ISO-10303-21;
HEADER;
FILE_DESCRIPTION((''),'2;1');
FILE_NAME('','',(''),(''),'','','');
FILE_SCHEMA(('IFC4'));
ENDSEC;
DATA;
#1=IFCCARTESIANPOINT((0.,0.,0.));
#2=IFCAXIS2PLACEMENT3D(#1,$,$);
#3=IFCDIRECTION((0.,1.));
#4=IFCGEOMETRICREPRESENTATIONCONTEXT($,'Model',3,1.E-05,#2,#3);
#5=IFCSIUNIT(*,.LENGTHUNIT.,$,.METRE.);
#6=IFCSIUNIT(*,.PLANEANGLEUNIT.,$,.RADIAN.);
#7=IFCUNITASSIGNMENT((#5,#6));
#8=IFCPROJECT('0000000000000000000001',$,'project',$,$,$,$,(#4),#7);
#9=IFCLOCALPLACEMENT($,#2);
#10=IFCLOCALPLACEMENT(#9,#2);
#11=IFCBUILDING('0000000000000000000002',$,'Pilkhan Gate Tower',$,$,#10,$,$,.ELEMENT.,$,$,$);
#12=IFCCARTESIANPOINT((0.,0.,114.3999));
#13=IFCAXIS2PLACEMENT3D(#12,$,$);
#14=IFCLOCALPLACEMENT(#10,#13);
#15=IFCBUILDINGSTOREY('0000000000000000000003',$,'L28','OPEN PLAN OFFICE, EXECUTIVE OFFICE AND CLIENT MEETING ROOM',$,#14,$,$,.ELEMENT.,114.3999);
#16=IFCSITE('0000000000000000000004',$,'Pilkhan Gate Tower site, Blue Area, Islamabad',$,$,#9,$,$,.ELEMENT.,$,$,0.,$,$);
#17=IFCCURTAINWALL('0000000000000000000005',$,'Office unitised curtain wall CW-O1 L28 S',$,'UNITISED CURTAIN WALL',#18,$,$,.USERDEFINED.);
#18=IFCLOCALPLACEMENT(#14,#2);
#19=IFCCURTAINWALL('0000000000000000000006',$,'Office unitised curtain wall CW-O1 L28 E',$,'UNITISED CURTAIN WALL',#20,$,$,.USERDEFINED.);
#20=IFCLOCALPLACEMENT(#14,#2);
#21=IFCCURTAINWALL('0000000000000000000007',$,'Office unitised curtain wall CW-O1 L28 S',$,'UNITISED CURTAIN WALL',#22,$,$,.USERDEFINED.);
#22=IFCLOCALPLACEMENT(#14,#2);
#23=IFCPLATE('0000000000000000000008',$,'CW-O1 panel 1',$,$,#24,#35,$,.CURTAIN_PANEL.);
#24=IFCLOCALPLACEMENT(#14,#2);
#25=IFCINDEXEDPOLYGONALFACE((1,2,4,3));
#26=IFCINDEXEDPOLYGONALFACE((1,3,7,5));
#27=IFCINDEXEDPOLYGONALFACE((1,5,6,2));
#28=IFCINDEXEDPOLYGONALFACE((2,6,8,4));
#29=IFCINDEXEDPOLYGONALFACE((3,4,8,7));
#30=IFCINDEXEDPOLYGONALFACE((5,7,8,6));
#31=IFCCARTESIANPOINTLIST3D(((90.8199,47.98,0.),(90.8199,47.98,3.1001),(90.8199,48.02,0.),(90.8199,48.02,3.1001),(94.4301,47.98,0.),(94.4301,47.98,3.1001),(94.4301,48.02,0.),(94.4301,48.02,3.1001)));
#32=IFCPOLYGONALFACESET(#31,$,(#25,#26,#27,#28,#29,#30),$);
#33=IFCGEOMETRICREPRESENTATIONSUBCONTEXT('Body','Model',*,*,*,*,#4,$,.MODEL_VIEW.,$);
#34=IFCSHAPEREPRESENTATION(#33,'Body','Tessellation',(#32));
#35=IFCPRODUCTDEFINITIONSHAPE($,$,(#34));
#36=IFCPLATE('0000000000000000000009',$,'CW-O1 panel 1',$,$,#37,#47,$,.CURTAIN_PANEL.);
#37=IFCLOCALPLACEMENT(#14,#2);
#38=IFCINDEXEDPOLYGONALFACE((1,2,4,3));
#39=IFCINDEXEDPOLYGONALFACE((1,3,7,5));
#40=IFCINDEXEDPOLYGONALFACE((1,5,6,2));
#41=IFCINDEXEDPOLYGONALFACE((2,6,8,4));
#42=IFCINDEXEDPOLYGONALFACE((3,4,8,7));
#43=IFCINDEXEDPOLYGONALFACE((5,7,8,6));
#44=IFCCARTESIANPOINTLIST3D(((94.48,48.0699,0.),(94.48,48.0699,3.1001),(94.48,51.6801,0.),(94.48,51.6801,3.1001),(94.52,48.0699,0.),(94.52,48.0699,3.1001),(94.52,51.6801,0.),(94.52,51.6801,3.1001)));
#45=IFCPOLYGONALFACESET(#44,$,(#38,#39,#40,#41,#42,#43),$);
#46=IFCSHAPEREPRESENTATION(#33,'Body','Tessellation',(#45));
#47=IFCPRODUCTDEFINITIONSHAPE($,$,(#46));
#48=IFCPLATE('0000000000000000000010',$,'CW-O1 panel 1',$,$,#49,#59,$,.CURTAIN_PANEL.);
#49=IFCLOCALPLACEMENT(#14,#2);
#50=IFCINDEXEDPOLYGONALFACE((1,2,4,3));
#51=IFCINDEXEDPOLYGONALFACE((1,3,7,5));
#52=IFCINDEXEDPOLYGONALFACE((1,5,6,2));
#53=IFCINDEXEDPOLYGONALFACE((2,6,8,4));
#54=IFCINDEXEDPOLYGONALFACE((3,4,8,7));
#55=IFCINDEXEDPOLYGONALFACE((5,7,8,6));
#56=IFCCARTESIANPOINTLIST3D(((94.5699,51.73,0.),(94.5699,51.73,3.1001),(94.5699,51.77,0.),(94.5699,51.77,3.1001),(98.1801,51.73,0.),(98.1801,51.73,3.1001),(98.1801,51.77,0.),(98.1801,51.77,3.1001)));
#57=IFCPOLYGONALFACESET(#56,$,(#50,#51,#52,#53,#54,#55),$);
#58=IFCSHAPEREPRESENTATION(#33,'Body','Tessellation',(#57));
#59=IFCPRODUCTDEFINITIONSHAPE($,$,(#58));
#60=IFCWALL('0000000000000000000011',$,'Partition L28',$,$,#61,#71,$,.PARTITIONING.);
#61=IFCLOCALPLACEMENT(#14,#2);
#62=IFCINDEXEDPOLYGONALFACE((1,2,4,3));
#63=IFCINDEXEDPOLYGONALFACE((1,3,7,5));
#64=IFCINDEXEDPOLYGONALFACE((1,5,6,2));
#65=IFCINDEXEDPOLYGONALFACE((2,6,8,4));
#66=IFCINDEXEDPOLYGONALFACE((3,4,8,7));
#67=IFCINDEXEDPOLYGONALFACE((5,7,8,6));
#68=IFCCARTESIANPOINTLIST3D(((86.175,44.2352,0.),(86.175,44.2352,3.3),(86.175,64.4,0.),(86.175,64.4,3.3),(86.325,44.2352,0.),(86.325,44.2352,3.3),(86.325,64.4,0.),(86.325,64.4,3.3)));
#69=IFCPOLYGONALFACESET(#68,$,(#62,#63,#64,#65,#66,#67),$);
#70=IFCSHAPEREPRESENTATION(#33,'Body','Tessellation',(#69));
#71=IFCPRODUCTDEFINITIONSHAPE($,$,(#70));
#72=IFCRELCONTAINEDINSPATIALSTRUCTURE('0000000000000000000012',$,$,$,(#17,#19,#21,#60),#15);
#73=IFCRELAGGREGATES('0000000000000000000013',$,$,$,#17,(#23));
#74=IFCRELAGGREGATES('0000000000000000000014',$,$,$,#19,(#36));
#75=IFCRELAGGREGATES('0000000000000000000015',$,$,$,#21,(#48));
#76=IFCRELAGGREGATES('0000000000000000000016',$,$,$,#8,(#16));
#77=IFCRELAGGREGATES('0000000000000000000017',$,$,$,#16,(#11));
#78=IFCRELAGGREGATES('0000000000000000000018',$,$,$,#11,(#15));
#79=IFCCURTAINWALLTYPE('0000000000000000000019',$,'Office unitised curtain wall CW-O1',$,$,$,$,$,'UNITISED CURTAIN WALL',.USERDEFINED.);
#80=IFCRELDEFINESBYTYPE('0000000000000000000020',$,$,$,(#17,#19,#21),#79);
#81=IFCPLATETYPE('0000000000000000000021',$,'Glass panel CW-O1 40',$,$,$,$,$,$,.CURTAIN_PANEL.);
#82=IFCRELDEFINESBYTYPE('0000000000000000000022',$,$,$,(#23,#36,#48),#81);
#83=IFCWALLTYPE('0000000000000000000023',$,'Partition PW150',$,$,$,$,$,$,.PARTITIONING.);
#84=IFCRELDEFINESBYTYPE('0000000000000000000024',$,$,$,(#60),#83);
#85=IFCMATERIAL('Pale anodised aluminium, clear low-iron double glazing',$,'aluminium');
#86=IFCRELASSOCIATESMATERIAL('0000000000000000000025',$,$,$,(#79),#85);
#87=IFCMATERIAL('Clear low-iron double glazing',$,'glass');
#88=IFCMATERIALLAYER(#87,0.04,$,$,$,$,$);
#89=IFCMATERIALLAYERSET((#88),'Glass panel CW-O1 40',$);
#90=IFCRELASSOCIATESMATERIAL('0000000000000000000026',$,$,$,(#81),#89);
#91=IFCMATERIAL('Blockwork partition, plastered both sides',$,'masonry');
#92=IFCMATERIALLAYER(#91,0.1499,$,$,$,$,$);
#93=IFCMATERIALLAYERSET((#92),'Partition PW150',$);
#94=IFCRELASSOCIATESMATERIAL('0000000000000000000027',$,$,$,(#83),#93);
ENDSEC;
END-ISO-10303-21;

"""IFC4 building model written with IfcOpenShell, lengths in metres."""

from ifc_helpers import new_model, si_unit, direction, frame, frame_2d, origin, origin_2d, place, context, subcontext, project, spatial, rectangle, extrude, material, layer, layer_set, type_object, element, aggregate, save


model = new_model("IFC4")

# Units and contexts
model_context = context("Model", 3, precision=1e-05, world=origin(), true_north=direction((0.0, 1.0)))
body_context = subcontext(model_context, "Body", "Model", "MODEL_VIEW")
ifc_project = project(units=[si_unit("LENGTHUNIT", "METRE"), si_unit("PLANEANGLEUNIT", "RADIAN")], contexts=[model_context])

# Site, building, storey
site_placement = place(None, origin())
site = spatial("IfcSite", under=ifc_project, at=site_placement, Name="Pilkhan Gate Tower site, Blue Area, Islamabad", CompositionType="ELEMENT", RefElevation=0.0)
building_placement = place(site_placement, origin())
building = spatial("IfcBuilding", under=site, at=building_placement, Name="Pilkhan Gate Tower", CompositionType="ELEMENT")
storey_placement = place(building_placement, frame((0.0, 0.0, 114.3999)))
storey = spatial("IfcBuildingStorey", under=building, at=storey_placement, Name="L28", Description="OPEN PLAN OFFICE, EXECUTIVE OFFICE AND CLIENT MEETING ROOM", CompositionType="ELEMENT", Elevation=114.3999)

# Shared definitions
ifc_material_1 = material(Name="Pale anodised aluminium, clear low-iron double glazing", Category="aluminium")
curtain_wall_type = type_object("IfcCurtainWallType", Name="Office unitised curtain wall CW-O1", ElementType="UNITISED CURTAIN WALL", PredefinedType="USERDEFINED", material=ifc_material_1)

# Curtain walls
curtain_wall_1_placement = place(storey_placement, origin())
curtain_wall_1 = element("IfcCurtainWall", 1, at=curtain_wall_1_placement, inside=storey, type_object=curtain_wall_type, Name="Office unitised curtain wall CW-O1 L28 S", ObjectType="UNITISED CURTAIN WALL", PredefinedType="USERDEFINED")
curtain_wall_2_placement = place(storey_placement, origin())
curtain_wall_2 = element("IfcCurtainWall", 2, at=curtain_wall_2_placement, inside=storey, type_object=curtain_wall_type, Name="Office unitised curtain wall CW-O1 L28 E", ObjectType="UNITISED CURTAIN WALL", PredefinedType="USERDEFINED")
curtain_wall_3_placement = place(storey_placement, origin())
curtain_wall_3 = element("IfcCurtainWall", 3, at=curtain_wall_3_placement, inside=storey, type_object=curtain_wall_type, Name="Office unitised curtain wall CW-O1 L28 S", ObjectType="UNITISED CURTAIN WALL", PredefinedType="USERDEFINED")

# Plates
ifc_material_2 = material(Name="Clear low-iron double glazing", Category="glass")
ifc_layer_1 = layer(ifc_material_2, 0.04)
ifc_layer_set_1 = layer_set([ifc_layer_1], Name="Glass panel CW-O1 40")
plate_type = type_object("IfcPlateType", Name="Glass panel CW-O1 40", PredefinedType="CURTAIN_PANEL", material=ifc_layer_set_1)
plate_1_placement = place(storey_placement, frame((92.625, 48.0, 0.0), z_axis=(0.0, 0.0, 1.0), x_axis=(1.0, 0.0, 0.0)))
plate_1 = element("IfcPlate", 4, at=plate_1_placement, type_object=plate_type, Name="CW-O1 panel 1", PredefinedType="CURTAIN_PANEL", context=body_context, shape_type="SweptSolid", body=[
    extrude(rectangle(XDim=3.6101, YDim=0.04, at=origin_2d()), origin(), (0.0, 0.0, 1.0), 3.1001),
])
aggregate(curtain_wall_1, [plate_1])
plate_2_placement = place(storey_placement, frame((94.5, 49.875, 0.0), z_axis=(0.0, 0.0, 1.0), x_axis=(0.0, 1.0, 0.0)))
plate_2 = element("IfcPlate", 5, at=plate_2_placement, type_object=plate_type, Name="CW-O1 panel 1", PredefinedType="CURTAIN_PANEL", context=body_context, shape_type="SweptSolid", body=[
    extrude(rectangle(XDim=3.6101, YDim=0.04, at=origin_2d()), origin(), (0.0, 0.0, 1.0), 3.1001),
])
aggregate(curtain_wall_2, [plate_2])
plate_3_placement = place(storey_placement, frame((96.375, 51.75, 0.0), z_axis=(0.0, 0.0, 1.0), x_axis=(1.0, 0.0, 0.0)))
plate_3 = element("IfcPlate", 6, at=plate_3_placement, type_object=plate_type, Name="CW-O1 panel 1", PredefinedType="CURTAIN_PANEL", context=body_context, shape_type="SweptSolid", body=[
    extrude(rectangle(XDim=3.6101, YDim=0.04, at=origin_2d()), origin(), (0.0, 0.0, 1.0), 3.1001),
])
aggregate(curtain_wall_3, [plate_3])

# Wall
ifc_material_3 = material(Name="Blockwork partition, plastered both sides", Category="masonry")
ifc_layer_2 = layer(ifc_material_3, 0.1499)
ifc_layer_set_2 = layer_set([ifc_layer_2], Name="Partition PW150")
wall_type = type_object("IfcWallType", Name="Partition PW150", PredefinedType="PARTITIONING", material=ifc_layer_set_2)
wall_placement = place(storey_placement, frame((86.25, 44.2351, 0.0), z_axis=(0.0, 0.0, 1.0), x_axis=(0.0, 1.0, 0.0)))
element("IfcWall", 7, at=wall_placement, inside=storey, type_object=wall_type, Name="Partition L28", PredefinedType="PARTITIONING", context=body_context, shape_type="SweptSolid", body=[
    extrude(rectangle(XDim=20.1648, YDim=0.1499, at=frame_2d((10.0825, 0.0))), origin(), (0.0, 0.0, 1.0), 3.3),
])

save(model, "model.ifc")
